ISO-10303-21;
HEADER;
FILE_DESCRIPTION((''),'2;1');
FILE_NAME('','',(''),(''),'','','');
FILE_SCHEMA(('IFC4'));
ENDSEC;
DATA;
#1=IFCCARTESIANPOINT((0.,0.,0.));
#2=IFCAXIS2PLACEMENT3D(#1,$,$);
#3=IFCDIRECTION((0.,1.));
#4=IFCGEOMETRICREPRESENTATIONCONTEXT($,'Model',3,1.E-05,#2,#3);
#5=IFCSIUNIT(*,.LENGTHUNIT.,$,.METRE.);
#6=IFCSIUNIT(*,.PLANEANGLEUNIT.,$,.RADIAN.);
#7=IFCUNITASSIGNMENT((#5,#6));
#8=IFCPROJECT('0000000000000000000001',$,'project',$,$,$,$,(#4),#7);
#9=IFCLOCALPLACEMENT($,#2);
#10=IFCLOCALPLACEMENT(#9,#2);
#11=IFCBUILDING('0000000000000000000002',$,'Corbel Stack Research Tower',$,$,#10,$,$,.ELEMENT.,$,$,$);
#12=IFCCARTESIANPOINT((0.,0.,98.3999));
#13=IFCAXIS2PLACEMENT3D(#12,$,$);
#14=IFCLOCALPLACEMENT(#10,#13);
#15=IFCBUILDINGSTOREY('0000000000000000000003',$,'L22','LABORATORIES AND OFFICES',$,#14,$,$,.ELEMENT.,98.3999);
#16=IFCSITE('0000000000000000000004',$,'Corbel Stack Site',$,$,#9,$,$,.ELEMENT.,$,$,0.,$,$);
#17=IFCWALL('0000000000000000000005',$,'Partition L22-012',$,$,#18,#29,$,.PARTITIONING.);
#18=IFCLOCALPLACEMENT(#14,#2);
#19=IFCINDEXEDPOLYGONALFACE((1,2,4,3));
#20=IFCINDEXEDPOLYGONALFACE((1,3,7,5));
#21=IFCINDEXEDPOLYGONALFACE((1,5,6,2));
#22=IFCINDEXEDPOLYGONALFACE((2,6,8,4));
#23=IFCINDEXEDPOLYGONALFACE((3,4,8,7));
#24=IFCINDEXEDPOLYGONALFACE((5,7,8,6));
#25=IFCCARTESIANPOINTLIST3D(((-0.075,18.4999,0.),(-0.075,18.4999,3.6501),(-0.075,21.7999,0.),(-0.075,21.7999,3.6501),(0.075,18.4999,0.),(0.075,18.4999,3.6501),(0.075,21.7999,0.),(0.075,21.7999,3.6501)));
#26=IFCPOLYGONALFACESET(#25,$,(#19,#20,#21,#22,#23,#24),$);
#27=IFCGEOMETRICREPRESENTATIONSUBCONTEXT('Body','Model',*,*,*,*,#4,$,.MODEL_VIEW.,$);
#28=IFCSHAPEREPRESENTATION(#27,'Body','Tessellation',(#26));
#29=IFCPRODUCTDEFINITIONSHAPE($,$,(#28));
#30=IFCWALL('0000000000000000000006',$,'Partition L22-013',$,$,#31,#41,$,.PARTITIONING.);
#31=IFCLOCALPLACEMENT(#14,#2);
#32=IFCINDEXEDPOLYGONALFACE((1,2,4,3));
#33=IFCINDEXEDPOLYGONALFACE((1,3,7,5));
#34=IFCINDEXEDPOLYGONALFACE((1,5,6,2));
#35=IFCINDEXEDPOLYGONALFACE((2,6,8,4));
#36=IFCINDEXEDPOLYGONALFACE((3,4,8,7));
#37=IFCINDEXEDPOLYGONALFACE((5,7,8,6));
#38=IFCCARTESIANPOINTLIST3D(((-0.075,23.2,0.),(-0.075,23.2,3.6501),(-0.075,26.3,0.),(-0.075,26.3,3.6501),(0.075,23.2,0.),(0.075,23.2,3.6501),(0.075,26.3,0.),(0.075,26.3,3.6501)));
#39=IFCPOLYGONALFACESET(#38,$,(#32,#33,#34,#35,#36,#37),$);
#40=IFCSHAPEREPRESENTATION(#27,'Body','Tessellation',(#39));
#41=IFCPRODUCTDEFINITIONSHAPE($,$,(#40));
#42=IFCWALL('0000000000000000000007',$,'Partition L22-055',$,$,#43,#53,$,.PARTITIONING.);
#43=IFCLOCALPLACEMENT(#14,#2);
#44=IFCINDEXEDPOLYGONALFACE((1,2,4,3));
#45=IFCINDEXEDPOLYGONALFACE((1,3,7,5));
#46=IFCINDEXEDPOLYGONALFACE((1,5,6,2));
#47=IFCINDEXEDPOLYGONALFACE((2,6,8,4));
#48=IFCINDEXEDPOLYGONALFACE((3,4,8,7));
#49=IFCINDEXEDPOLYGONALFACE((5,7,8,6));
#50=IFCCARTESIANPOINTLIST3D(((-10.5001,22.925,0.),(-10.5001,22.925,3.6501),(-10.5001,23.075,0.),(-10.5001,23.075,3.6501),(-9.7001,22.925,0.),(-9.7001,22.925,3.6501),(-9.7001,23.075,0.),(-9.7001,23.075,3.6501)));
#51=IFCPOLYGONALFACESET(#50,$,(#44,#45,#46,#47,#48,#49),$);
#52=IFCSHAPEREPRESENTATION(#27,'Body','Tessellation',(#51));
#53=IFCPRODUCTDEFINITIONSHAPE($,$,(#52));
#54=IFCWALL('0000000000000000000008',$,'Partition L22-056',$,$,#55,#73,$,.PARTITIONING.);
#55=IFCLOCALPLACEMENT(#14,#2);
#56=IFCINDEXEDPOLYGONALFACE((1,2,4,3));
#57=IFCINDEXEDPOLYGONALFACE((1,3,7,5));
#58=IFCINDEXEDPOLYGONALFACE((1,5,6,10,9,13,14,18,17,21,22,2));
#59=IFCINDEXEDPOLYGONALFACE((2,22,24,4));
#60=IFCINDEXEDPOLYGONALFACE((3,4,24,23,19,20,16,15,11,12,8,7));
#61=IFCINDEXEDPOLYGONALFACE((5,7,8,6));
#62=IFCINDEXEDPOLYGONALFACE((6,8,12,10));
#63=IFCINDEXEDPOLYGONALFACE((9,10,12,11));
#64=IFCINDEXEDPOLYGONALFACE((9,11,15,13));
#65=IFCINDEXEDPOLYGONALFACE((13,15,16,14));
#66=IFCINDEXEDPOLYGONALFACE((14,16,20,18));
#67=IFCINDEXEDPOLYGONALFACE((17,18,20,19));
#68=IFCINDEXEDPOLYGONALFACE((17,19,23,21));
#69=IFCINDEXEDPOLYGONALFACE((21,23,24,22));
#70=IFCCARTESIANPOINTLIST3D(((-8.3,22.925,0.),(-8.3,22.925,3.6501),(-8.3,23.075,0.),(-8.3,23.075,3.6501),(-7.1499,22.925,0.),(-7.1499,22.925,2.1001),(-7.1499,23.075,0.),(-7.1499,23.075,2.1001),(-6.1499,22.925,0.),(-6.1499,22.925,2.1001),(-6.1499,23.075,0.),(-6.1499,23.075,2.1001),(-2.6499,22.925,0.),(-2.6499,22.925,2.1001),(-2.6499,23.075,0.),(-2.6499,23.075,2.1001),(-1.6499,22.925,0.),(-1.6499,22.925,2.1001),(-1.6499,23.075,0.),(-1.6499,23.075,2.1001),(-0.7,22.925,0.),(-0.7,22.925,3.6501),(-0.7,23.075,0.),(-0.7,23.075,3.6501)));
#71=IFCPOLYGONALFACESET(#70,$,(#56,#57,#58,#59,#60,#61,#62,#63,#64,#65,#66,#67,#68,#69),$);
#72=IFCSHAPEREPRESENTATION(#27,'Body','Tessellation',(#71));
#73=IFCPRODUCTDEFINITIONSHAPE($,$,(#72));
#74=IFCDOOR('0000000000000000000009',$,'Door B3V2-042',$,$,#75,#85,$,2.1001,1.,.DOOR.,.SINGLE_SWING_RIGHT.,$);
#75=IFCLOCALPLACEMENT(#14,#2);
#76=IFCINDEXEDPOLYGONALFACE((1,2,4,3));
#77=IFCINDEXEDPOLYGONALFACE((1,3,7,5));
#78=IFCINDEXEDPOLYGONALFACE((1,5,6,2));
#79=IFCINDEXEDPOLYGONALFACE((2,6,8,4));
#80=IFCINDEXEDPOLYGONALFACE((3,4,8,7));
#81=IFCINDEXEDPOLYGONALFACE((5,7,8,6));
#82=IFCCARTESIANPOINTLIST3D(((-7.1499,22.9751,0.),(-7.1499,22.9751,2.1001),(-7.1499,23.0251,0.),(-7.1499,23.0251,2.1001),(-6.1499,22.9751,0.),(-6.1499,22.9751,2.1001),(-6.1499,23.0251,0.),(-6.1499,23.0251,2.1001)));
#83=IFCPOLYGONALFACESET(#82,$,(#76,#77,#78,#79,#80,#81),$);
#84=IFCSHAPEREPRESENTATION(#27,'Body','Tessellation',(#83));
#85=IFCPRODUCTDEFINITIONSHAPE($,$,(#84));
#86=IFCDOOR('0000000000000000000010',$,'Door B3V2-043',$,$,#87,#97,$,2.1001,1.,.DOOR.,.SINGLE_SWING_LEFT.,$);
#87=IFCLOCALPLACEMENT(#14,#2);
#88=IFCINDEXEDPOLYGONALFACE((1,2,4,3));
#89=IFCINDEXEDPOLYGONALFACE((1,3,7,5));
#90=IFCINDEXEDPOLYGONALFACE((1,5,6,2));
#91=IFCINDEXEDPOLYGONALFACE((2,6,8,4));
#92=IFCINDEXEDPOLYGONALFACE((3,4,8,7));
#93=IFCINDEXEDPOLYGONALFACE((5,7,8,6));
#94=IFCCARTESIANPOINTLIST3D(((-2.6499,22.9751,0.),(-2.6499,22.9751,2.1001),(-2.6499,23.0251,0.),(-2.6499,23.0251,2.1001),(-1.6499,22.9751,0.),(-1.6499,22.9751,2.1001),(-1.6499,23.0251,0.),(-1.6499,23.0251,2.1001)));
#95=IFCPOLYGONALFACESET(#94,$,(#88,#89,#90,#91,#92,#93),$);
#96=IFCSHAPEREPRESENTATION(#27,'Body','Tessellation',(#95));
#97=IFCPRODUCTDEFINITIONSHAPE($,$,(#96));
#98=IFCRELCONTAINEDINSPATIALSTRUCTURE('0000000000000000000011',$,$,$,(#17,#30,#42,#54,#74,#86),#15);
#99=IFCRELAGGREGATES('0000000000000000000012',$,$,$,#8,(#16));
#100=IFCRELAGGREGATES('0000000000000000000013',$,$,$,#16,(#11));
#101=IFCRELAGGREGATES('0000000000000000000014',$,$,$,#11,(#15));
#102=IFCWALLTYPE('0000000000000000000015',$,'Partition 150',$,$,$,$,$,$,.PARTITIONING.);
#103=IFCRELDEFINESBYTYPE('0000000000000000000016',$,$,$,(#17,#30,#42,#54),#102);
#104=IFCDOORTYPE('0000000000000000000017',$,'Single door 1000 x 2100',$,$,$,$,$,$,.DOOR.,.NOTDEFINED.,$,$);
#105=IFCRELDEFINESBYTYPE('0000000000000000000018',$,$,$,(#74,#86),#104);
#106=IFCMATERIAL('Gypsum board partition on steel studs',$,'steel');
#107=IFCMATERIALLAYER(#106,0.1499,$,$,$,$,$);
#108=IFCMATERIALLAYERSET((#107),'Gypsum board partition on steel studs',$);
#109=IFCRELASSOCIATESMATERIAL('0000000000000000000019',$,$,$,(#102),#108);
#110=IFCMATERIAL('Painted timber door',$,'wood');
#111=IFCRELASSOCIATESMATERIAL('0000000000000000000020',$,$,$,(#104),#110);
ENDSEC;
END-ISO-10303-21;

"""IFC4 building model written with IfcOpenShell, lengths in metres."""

from ifc_helpers import new_model, si_unit, direction, frame, frame_2d, origin, place, context, subcontext, project, spatial, rectangle, extrude, material, layer, layer_set, type_object, element, fill, save


model = new_model("IFC4")

# Units and contexts
model_context = context("Model", 3, precision=1e-05, world=origin(), true_north=direction((0.0, 1.0)))
body_context = subcontext(model_context, "Body", "Model", "MODEL_VIEW")
ifc_project = project(units=[si_unit("LENGTHUNIT", "METRE"), si_unit("PLANEANGLEUNIT", "RADIAN")], contexts=[model_context])

# Site, building, storey
site_placement = place(None, origin())
site = spatial("IfcSite", under=ifc_project, at=site_placement, Name="Corbel Stack Site", CompositionType="ELEMENT", RefElevation=0.0)
building_placement = place(site_placement, origin())
building = spatial("IfcBuilding", under=site, at=building_placement, Name="Corbel Stack Research Tower", CompositionType="ELEMENT")
storey_placement = place(building_placement, frame((0.0, 0.0, 98.3999)))
storey = spatial("IfcBuildingStorey", under=building, at=storey_placement, Name="L22", Description="LABORATORIES AND OFFICES", CompositionType="ELEMENT", Elevation=98.3999)

# Walls
ifc_material_1 = material(Name="Gypsum board partition on steel studs", Category="steel")
ifc_layer_1 = layer(ifc_material_1, 0.1499)
ifc_layer_set_1 = layer_set([ifc_layer_1], Name="Gypsum board partition on steel studs")
wall_type_1 = type_object("IfcWallType", Name="Partition 150", PredefinedType="PARTITIONING", material=ifc_layer_set_1)
wall_1_placement = place(storey_placement, frame((0.0, 18.5, 0.0), z_axis=(0.0, 0.0, 1.0), x_axis=(0.0, 1.0, 0.0)))
element("IfcWall", 1, at=wall_1_placement, inside=storey, type_object=wall_type_1, Name="Partition L22-012", PredefinedType="PARTITIONING", context=body_context, shape_type="SweptSolid", body=[
    extrude(rectangle(XDim=3.3, YDim=0.1499, at=frame_2d((1.6499, 0.0))), origin(), (0.0, 0.0, 1.0), 3.6501),
])
wall_2_placement = place(storey_placement, frame((0.0, 23.2, 0.0), z_axis=(0.0, 0.0, 1.0), x_axis=(0.0, 1.0, 0.0)))
element("IfcWall", 2, at=wall_2_placement, inside=storey, type_object=wall_type_1, Name="Partition L22-013", PredefinedType="PARTITIONING", context=body_context, shape_type="SweptSolid", body=[
    extrude(rectangle(XDim=3.1001, YDim=0.1499, at=frame_2d((1.55, 0.0))), origin(), (0.0, 0.0, 1.0), 3.6501),
])
wall_3_placement = place(storey_placement, frame((-10.5, 23.0, 0.0), z_axis=(0.0, 0.0, 1.0), x_axis=(1.0, 0.0, 0.0)))
element("IfcWall", 3, at=wall_3_placement, inside=storey, type_object=wall_type_1, Name="Partition L22-055", PredefinedType="PARTITIONING", context=body_context, shape_type="SweptSolid", body=[
    extrude(rectangle(XDim=0.8, YDim=0.1499, at=frame_2d((0.3999, 0.0))), origin(), (0.0, 0.0, 1.0), 3.6501),
])

# Wall, openings, doors
wall_4_placement = place(storey_placement, frame((-0.7, 23.0, 0.0), z_axis=(0.0, 0.0, 1.0), x_axis=(-1.0, 0.0, 0.0)))
wall_4 = element("IfcWall", 4, at=wall_4_placement, inside=storey, type_object=wall_type_1, Name="Partition L22-056", PredefinedType="PARTITIONING", context=body_context, shape_type="SweptSolid", body=[
    extrude(rectangle(XDim=7.6001, YDim=0.1499, at=frame_2d((3.8, 0.0))), origin(), (0.0, 0.0, 1.0), 3.6501),
])
opening_1_placement = place(wall_4_placement, frame((5.45, 0.0, 0.0)))
opening_1 = element("IfcOpeningElement", 5, at=opening_1_placement, cuts=wall_4, PredefinedType="OPENING", context=body_context, shape_type="SweptSolid", body=[
    extrude(rectangle(XDim=1.0, YDim=2.1001, at=frame_2d((0.5, 1.05))), frame((0.0, 0.085, 0.0), z_axis=(0.0, -1.0, 0.0), x_axis=(1.0, 0.0, 0.0)), (0.0, 0.0, 1.0), 0.1699),
])
opening_2_placement = place(wall_4_placement, frame((0.95, 0.0, 0.0)))
opening_2 = element("IfcOpeningElement", 6, at=opening_2_placement, cuts=wall_4, PredefinedType="OPENING", context=body_context, shape_type="SweptSolid", body=[
    extrude(rectangle(XDim=1.0, YDim=2.1001, at=frame_2d((0.5, 1.05))), frame((0.0, 0.085, 0.0), z_axis=(0.0, -1.0, 0.0), x_axis=(1.0, 0.0, 0.0)), (0.0, 0.0, 1.0), 0.1699),
])
ifc_material_2 = material(Name="Painted timber door", Category="wood")
door_type_1 = type_object("IfcDoorType", Name="Single door 1000 x 2100", OperationType="NOTDEFINED", PredefinedType="DOOR", material=ifc_material_2)
door_1_placement = place(opening_1_placement, origin())
door_1 = element("IfcDoor", 7, at=door_1_placement, inside=storey, type_object=door_type_1, Name="Door B3V2-042", OperationType="SINGLE_SWING_RIGHT", OverallHeight=2.1001, OverallWidth=1.0, PredefinedType="DOOR", context=body_context, shape_type="SweptSolid", body=[
    extrude(rectangle(XDim=1.0, YDim=2.1001, at=frame_2d((0.5, 1.05))), frame((0.0, 0.0249, 0.0), z_axis=(0.0, -1.0, 0.0), x_axis=(1.0, 0.0, 0.0)), (0.0, 0.0, 1.0), 0.05),
])
fill(opening_1, door_1)
door_2_placement = place(opening_2_placement, origin())
door_2 = element("IfcDoor", 8, at=door_2_placement, inside=storey, type_object=door_type_1, Name="Door B3V2-043", OperationType="SINGLE_SWING_LEFT", OverallHeight=2.1001, OverallWidth=1.0, PredefinedType="DOOR", context=body_context, shape_type="SweptSolid", body=[
    extrude(rectangle(XDim=1.0, YDim=2.1001, at=frame_2d((0.5, 1.05))), frame((0.0, 0.0249, 0.0), z_axis=(0.0, -1.0, 0.0), x_axis=(1.0, 0.0, 0.0)), (0.0, 0.0, 1.0), 0.05),
])
fill(opening_2, door_2)

save(model, "model.ifc")
